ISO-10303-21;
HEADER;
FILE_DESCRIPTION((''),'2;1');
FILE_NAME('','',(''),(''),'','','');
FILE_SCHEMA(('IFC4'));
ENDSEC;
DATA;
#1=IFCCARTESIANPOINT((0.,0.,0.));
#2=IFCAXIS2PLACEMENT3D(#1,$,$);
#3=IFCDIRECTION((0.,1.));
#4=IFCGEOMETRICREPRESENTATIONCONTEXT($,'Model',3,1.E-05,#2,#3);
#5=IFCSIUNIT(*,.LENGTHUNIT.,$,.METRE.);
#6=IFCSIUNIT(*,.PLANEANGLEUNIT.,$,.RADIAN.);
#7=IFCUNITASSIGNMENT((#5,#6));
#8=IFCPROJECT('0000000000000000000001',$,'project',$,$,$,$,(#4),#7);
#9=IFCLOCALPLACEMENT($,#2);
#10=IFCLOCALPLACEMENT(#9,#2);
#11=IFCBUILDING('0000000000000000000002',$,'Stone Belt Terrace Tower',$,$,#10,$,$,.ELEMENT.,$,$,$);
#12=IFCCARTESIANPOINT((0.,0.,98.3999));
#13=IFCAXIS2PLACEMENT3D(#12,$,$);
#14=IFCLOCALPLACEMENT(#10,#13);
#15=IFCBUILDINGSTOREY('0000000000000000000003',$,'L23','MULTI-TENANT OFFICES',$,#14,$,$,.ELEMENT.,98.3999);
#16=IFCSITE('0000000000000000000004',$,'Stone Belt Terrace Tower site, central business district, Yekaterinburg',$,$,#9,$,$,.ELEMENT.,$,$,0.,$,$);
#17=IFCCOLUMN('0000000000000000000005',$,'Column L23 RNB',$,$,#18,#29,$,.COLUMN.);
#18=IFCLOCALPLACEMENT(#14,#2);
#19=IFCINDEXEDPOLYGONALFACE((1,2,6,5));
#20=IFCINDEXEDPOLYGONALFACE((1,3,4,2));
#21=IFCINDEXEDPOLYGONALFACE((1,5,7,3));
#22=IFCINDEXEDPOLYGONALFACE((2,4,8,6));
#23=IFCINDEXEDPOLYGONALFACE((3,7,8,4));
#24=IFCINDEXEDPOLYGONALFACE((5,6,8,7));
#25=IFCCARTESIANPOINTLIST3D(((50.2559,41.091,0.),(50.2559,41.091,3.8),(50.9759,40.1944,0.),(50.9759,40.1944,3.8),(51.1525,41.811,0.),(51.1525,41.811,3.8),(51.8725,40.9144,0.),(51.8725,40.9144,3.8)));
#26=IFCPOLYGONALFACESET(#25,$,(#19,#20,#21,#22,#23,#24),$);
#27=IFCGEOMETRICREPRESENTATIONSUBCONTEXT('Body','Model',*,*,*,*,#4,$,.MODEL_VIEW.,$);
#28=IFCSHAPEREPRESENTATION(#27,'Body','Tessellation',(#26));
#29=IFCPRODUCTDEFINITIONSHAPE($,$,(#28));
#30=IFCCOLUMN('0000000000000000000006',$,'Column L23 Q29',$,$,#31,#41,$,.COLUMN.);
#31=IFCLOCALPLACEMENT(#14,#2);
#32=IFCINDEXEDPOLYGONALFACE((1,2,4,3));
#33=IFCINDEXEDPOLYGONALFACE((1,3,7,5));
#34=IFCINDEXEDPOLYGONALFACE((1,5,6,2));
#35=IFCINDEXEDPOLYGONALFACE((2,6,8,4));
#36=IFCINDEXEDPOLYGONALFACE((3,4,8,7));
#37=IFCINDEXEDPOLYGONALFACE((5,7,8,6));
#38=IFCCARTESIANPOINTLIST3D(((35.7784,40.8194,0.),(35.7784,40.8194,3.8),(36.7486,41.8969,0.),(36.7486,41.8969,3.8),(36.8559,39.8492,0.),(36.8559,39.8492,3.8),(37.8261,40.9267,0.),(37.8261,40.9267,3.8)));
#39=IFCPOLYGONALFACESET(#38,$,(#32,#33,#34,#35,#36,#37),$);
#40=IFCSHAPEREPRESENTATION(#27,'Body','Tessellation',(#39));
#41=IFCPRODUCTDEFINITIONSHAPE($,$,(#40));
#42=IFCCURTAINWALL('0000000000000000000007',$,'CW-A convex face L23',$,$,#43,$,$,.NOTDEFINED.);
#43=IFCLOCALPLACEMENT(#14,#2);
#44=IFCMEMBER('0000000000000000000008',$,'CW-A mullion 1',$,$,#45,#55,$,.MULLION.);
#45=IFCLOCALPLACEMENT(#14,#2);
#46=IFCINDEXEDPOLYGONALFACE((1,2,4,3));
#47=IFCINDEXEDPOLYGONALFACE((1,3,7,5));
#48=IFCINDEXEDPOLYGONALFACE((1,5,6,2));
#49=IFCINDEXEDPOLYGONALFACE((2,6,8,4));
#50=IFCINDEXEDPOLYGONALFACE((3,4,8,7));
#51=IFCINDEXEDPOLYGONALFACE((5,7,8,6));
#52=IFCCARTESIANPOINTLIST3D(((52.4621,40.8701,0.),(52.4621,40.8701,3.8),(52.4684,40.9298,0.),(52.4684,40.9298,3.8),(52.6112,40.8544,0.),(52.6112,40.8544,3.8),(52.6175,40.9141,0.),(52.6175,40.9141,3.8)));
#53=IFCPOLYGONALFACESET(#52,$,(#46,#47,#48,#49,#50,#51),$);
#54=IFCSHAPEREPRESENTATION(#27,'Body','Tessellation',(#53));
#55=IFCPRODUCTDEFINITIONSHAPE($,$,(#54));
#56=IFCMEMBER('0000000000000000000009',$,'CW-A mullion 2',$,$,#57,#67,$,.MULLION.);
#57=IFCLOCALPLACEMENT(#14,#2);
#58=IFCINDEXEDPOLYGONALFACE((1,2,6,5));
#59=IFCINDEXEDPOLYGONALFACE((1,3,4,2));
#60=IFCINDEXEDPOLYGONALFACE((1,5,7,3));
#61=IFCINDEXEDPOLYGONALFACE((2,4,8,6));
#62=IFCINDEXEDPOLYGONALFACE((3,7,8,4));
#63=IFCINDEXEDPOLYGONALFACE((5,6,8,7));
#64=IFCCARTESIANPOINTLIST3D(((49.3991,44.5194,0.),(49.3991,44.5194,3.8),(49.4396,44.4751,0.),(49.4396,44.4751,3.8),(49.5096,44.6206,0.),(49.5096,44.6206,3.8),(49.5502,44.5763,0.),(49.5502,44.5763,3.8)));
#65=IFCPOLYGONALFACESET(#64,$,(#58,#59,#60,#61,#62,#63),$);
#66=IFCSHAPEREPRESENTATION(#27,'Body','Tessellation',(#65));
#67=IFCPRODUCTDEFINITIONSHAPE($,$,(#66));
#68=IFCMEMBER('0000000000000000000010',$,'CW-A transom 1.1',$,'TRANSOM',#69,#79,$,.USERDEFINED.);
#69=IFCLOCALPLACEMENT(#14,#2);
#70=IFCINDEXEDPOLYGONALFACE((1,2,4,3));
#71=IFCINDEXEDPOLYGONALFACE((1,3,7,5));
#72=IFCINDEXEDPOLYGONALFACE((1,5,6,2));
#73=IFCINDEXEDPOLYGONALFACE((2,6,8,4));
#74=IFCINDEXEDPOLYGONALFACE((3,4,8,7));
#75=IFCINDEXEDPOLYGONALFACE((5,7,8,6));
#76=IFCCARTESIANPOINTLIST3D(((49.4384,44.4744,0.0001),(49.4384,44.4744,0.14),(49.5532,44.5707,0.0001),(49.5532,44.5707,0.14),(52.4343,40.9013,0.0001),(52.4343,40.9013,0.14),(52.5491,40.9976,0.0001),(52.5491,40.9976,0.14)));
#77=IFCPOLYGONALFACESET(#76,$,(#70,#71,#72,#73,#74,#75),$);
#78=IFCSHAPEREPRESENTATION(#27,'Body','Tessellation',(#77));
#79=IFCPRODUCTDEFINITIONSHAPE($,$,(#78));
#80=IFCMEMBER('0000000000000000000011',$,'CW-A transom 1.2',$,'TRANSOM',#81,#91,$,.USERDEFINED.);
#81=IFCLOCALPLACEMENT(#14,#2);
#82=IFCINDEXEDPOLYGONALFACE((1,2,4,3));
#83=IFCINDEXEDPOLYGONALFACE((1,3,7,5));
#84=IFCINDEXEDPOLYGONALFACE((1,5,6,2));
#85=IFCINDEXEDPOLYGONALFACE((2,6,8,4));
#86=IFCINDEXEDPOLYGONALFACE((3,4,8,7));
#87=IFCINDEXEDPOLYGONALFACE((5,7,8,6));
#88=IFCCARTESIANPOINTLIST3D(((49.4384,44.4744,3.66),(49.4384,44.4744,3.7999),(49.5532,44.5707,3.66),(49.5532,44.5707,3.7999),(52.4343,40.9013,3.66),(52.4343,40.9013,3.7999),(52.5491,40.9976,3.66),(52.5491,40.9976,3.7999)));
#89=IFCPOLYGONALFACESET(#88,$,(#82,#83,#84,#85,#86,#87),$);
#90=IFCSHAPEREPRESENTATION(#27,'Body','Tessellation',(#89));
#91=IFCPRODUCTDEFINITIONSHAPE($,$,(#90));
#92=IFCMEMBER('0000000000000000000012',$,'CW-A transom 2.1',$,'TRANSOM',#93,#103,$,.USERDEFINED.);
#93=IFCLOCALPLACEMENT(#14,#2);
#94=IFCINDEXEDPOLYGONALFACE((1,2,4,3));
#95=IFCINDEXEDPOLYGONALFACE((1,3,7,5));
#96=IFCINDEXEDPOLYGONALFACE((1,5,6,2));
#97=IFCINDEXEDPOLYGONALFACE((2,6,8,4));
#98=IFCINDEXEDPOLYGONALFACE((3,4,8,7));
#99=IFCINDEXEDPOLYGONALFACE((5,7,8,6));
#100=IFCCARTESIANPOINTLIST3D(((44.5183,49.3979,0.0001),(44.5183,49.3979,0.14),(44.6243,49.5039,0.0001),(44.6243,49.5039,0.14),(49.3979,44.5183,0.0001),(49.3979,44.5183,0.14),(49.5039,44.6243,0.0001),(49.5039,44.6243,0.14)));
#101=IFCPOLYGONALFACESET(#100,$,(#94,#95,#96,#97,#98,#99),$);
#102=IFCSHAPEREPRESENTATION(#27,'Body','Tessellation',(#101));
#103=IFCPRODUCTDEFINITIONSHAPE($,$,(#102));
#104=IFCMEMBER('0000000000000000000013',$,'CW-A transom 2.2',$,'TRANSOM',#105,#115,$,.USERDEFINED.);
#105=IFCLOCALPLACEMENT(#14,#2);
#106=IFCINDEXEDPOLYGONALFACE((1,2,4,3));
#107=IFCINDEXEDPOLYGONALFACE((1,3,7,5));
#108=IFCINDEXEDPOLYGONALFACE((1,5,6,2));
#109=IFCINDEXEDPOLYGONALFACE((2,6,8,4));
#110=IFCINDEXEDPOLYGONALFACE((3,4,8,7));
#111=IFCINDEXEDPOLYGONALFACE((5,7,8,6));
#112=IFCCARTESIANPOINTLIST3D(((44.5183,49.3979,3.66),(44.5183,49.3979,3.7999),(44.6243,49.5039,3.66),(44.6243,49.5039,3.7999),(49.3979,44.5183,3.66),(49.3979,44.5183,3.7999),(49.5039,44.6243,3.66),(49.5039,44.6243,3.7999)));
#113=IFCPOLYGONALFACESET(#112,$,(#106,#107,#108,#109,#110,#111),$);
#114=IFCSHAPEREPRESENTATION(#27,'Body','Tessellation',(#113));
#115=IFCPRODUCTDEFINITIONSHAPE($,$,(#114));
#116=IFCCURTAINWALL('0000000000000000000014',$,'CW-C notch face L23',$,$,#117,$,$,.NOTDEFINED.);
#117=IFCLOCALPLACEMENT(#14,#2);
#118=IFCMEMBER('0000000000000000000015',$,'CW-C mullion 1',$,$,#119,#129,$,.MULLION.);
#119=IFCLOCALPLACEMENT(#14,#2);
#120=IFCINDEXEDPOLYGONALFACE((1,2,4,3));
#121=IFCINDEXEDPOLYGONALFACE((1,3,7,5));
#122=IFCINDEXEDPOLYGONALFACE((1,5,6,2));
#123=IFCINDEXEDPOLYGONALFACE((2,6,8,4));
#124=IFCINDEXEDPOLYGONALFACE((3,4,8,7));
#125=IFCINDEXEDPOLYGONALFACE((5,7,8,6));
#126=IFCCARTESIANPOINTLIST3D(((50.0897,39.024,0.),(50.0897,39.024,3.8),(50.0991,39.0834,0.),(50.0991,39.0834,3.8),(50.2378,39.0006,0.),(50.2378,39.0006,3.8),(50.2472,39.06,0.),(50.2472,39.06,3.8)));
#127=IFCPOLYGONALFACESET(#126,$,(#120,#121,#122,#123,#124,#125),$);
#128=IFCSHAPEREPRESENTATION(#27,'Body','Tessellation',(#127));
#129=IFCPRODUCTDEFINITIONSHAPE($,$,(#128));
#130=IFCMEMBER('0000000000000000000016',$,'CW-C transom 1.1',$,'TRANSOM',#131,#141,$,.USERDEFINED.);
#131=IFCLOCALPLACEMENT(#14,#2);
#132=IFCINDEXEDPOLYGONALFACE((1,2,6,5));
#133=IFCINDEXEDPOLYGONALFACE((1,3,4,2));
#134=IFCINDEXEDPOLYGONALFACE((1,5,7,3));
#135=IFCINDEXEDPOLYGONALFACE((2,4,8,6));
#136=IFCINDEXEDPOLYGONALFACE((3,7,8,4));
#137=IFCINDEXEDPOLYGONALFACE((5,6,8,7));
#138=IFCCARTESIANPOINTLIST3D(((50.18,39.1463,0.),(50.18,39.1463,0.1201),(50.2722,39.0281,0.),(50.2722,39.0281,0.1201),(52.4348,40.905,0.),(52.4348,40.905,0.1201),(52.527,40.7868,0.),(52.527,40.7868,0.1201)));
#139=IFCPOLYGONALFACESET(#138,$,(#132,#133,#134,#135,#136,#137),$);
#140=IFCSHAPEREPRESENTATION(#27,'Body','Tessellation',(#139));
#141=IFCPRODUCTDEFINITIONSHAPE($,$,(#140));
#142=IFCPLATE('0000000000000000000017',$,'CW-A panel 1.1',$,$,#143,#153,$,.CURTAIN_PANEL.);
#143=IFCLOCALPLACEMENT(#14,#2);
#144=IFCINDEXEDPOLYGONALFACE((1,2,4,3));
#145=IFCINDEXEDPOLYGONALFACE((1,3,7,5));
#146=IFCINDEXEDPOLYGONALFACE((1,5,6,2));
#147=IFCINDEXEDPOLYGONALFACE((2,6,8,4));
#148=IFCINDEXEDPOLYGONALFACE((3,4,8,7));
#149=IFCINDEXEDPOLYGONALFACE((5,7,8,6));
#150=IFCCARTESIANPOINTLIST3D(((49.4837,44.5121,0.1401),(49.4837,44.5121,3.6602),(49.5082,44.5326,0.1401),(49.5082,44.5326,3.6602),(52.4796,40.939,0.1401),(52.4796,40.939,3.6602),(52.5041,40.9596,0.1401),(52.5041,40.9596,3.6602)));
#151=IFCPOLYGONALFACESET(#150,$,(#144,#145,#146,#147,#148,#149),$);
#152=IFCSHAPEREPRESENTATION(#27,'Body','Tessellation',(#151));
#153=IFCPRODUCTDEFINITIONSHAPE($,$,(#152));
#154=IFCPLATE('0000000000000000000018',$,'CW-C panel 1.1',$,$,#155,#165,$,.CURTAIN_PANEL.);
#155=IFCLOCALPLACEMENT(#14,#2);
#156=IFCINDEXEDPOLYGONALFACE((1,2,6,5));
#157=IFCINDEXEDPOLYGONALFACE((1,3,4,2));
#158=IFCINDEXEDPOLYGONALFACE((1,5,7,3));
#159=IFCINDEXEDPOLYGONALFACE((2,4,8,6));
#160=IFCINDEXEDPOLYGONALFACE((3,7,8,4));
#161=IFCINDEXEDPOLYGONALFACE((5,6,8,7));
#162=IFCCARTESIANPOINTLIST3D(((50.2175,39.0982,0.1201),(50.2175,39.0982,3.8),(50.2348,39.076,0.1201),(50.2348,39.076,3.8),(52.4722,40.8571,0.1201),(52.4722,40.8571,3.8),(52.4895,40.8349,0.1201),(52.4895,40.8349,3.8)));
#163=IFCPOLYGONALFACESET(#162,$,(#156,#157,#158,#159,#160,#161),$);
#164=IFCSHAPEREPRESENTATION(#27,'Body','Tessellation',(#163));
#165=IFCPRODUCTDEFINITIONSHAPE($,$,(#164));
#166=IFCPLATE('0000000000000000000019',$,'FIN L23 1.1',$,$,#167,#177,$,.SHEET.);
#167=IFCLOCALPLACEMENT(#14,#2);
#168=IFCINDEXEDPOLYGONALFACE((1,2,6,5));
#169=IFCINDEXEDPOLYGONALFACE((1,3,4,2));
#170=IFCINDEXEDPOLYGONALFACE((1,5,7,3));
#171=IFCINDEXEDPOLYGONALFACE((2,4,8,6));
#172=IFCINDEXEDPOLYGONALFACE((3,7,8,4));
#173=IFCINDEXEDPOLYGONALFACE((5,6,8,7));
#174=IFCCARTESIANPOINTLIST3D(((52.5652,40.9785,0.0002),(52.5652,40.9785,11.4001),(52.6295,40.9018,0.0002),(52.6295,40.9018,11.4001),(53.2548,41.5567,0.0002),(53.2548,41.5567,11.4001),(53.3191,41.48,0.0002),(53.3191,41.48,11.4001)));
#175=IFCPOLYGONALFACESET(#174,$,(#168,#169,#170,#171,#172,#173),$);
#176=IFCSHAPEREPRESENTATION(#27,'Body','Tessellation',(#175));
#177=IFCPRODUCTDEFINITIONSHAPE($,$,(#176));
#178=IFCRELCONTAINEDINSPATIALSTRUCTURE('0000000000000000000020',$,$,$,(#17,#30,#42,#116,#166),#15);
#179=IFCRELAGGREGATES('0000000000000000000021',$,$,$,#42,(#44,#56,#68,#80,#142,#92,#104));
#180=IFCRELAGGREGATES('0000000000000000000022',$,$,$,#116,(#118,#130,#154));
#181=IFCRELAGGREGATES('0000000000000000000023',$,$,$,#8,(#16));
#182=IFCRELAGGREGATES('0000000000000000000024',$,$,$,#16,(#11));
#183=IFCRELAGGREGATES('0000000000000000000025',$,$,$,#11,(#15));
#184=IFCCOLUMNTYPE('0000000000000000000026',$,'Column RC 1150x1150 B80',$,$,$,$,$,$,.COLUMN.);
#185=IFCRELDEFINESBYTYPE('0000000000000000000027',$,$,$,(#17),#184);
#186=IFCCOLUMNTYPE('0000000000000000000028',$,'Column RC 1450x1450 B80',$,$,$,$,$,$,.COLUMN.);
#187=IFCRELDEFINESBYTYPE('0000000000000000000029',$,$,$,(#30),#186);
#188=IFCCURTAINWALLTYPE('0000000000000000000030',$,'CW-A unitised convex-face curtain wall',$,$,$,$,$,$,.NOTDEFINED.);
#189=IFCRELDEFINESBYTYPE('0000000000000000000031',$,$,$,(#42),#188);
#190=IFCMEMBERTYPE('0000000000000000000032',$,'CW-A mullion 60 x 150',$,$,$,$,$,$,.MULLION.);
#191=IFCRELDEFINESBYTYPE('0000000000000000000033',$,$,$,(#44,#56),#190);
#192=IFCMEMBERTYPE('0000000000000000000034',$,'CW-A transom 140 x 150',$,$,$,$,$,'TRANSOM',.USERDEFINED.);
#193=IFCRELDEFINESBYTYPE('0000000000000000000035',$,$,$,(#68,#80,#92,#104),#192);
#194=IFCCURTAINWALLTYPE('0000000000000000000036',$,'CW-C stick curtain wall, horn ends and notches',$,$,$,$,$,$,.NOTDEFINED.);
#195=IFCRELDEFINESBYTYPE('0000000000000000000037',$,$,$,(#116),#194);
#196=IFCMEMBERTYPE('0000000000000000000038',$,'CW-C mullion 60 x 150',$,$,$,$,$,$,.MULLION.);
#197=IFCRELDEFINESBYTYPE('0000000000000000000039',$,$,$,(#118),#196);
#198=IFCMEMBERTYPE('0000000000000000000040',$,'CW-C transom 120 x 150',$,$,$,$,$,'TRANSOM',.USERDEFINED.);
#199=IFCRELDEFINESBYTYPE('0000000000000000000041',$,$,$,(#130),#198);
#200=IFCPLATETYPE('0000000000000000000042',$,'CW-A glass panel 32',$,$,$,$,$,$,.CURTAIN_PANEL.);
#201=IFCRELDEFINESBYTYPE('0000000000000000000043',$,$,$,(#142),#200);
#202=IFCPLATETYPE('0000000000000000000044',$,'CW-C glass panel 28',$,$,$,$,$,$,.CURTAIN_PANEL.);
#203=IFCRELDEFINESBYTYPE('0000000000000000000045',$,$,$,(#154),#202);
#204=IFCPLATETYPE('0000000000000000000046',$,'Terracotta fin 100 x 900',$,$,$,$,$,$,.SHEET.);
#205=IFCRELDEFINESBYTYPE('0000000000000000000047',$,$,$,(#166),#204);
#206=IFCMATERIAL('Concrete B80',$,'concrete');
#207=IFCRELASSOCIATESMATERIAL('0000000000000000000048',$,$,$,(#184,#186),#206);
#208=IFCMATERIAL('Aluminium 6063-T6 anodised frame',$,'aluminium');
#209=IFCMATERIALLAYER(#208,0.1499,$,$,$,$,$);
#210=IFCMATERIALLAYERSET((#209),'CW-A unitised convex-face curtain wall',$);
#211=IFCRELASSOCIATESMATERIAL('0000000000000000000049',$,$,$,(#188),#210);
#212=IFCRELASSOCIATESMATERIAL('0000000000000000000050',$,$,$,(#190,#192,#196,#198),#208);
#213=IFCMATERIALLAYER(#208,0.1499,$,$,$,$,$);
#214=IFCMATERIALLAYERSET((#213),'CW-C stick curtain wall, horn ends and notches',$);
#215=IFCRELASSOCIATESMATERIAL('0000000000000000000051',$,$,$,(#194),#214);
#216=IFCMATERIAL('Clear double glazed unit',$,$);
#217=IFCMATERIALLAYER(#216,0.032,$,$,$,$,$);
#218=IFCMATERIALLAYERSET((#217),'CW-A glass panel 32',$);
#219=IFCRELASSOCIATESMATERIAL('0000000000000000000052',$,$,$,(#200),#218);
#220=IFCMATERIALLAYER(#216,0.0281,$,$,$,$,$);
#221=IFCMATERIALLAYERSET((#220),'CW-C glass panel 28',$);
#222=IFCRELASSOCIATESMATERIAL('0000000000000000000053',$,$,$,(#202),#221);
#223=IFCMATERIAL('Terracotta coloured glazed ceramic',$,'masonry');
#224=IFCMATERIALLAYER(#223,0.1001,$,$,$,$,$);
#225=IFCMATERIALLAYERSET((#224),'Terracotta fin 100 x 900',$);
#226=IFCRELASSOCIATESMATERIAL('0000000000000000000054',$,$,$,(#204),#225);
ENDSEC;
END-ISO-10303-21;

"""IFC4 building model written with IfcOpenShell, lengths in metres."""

from ifc_helpers import new_model, si_unit, direction, frame, origin, origin_2d, place, context, subcontext, project, spatial, rectangle, extrude, material, layer, layer_set, material_profile, profile_set, type_object, element, aggregate, save


model = new_model("IFC4")

# Units and contexts
model_context = context("Model", 3, precision=1e-05, world=origin(), true_north=direction((0.0, 1.0)))
body_context = subcontext(model_context, "Body", "Model", "MODEL_VIEW")
ifc_project = project(units=[si_unit("LENGTHUNIT", "METRE"), si_unit("PLANEANGLEUNIT", "RADIAN")], contexts=[model_context])

# Site, building, storey
site_placement = place(None, origin())
site = spatial("IfcSite", under=ifc_project, at=site_placement, Name="Stone Belt Terrace Tower site, central business district, Yekaterinburg", CompositionType="ELEMENT", RefElevation=0.0)
building_placement = place(site_placement, origin())
building = spatial("IfcBuilding", under=site, at=building_placement, Name="Stone Belt Terrace Tower", CompositionType="ELEMENT")
storey_placement = place(building_placement, frame((0.0, 0.0, 98.3999)))
storey = spatial("IfcBuildingStorey", under=building, at=storey_placement, Name="L23", Description="MULTI-TENANT OFFICES", CompositionType="ELEMENT", Elevation=98.3999)

# Columns
ifc_material_1 = material(Name="Concrete B80", Category="concrete")
ifc_material_profile_1 = material_profile(ifc_material_1, rectangle(XDim=1.1499, YDim=1.1499, at=origin_2d()), Name="RC 1150x1150")
ifc_profile_set_1 = profile_set([ifc_material_profile_1], Name="Concrete B80")
column_type_1 = type_object("IfcColumnType", Name="Column RC 1150x1150 B80", PredefinedType="COLUMN", material=ifc_profile_set_1)
column_1_placement = place(storey_placement, frame((51.0642, 41.0027, 0.0), z_axis=(0.0, 0.0, 1.0), x_axis=(0.626104, -0.779739, 0.0)))
element("IfcColumn", 1, at=column_1_placement, inside=storey, type_object=column_type_1, Name="Column L23 RNB", PredefinedType="COLUMN", context=body_context, shape_type="SweptSolid", body=[
    extrude(rectangle(XDim=1.1499, YDim=1.1499, at=origin_2d()), origin(), (0.0, 0.0, 1.0), 3.8),
])
ifc_material_profile_2 = material_profile(ifc_material_1, rectangle(XDim=1.45, YDim=1.45, at=origin_2d()), Name="RC 1450x1450")
ifc_profile_set_2 = profile_set([ifc_material_profile_2], Name="Concrete B80")
column_type_2 = type_object("IfcColumnType", Name="Column RC 1450x1450 B80", PredefinedType="COLUMN", material=ifc_profile_set_2)
column_2_placement = place(storey_placement, frame((36.8022, 40.873, 0.0), z_axis=(0.0, 0.0, 1.0), x_axis=(0.743145, -0.669131, 0.0)))
element("IfcColumn", 2, at=column_2_placement, inside=storey, type_object=column_type_2, Name="Column L23 Q29", PredefinedType="COLUMN", context=body_context, shape_type="SweptSolid", body=[
    extrude(rectangle(XDim=1.45, YDim=1.45, at=origin_2d()), origin(), (0.0, 0.0, 1.0), 3.8),
])

# Curtain walls, members
ifc_material_2 = material(Name="Aluminium 6063-T6 anodised frame", Category="aluminium")
ifc_layer_1 = layer(ifc_material_2, 0.1499)
ifc_layer_set_1 = layer_set([ifc_layer_1], Name="CW-A unitised convex-face curtain wall")
curtain_wall_type_1 = type_object("IfcCurtainWallType", Name="CW-A unitised convex-face curtain wall", PredefinedType="NOTDEFINED", material=ifc_layer_set_1)
curtain_wall_1_placement = place(storey_placement, origin())
curtain_wall_1 = element("IfcCurtainWall", 3, at=curtain_wall_1_placement, inside=storey, type_object=curtain_wall_type_1, Name="CW-A convex face L23", PredefinedType="NOTDEFINED")
ifc_material_profile_3 = material_profile(ifc_material_2, rectangle(XDim=0.1499, YDim=0.0601, at=origin_2d()), Name="Aluminium 6063-T6 60x150")
ifc_profile_set_3 = profile_set([ifc_material_profile_3], Name="Aluminium 6063-T6 anodised frame")
member_type_1 = type_object("IfcMemberType", Name="CW-A mullion 60 x 150", PredefinedType="MULLION", material=ifc_profile_set_3)
member_1_placement = place(storey_placement, frame((52.5398, 40.8921, 0.0), z_axis=(0.0, 0.0, 1.0), x_axis=(-0.994465, 0.105071, 0.0)))
member_1 = element("IfcMember", 4, at=member_1_placement, type_object=member_type_1, Name="CW-A mullion 1", PredefinedType="MULLION", context=body_context, shape_type="SweptSolid", body=[
    extrude(rectangle(XDim=0.1499, YDim=0.0601, at=origin_2d()), origin(), (0.0, 0.0, 1.0), 3.8),
])
member_2_placement = place(storey_placement, frame((49.4746, 44.5479, 0.0), z_axis=(0.0, 0.0, 1.0), x_axis=(-0.7374, -0.675456, 0.0)))
member_2 = element("IfcMember", 5, at=member_2_placement, type_object=member_type_1, Name="CW-A mullion 2", PredefinedType="MULLION", context=body_context, shape_type="SweptSolid", body=[
    extrude(rectangle(XDim=0.1499, YDim=0.0601, at=origin_2d()), origin(), (0.0, 0.0, 1.0), 3.8),
])
ifc_material_profile_4 = material_profile(ifc_material_2, rectangle(XDim=0.1499, YDim=0.1399, at=origin_2d()), Name="Aluminium 6063-T6 150x140")
ifc_profile_set_4 = profile_set([ifc_material_profile_4], Name="Aluminium 6063-T6 anodised frame")
member_type_2 = type_object("IfcMemberType", Name="CW-A transom 140 x 150", ElementType="TRANSOM", PredefinedType="USERDEFINED", material=ifc_profile_set_4)
member_3_placement = place(storey_placement, frame((52.4917, 40.9495, 0.0701), z_axis=(-0.642504, 0.766282, 0.0), x_axis=(-0.766282, -0.642504, 0.0)))
member_3 = element("IfcMember", 6, at=member_3_placement, type_object=member_type_2, Name="CW-A transom 1.1", ObjectType="TRANSOM", PredefinedType="USERDEFINED", context=body_context, shape_type="SweptSolid", body=[
    extrude(rectangle(XDim=0.1499, YDim=0.1399, at=origin_2d()), origin(), (0.0, 0.0, 1.0), 4.6628),
])
member_4_placement = place(storey_placement, frame((52.4917, 40.9495, 3.73), z_axis=(-0.642504, 0.766282, 0.0), x_axis=(-0.766282, -0.642504, 0.0)))
member_4 = element("IfcMember", 7, at=member_4_placement, type_object=member_type_2, Name="CW-A transom 1.2", ObjectType="TRANSOM", PredefinedType="USERDEFINED", context=body_context, shape_type="SweptSolid", body=[
    extrude(rectangle(XDim=0.1499, YDim=0.1399, at=origin_2d()), origin(), (0.0, 0.0, 1.0), 4.6628),
])
member_5_placement = place(storey_placement, frame((49.4509, 44.5713, 0.0701), z_axis=(-0.707107, 0.707107, 0.0), x_axis=(-0.707107, -0.707107, 0.0)))
member_5 = element("IfcMember", 8, at=member_5_placement, type_object=member_type_2, Name="CW-A transom 2.1", ObjectType="TRANSOM", PredefinedType="USERDEFINED", context=body_context, shape_type="SweptSolid", body=[
    extrude(rectangle(XDim=0.1499, YDim=0.1399, at=origin_2d()), origin(), (0.0, 0.0, 1.0), 6.9009),
])
member_6_placement = place(storey_placement, frame((49.4509, 44.5713, 3.73), z_axis=(-0.707107, 0.707107, 0.0), x_axis=(-0.707107, -0.707107, 0.0)))
member_6 = element("IfcMember", 9, at=member_6_placement, type_object=member_type_2, Name="CW-A transom 2.2", ObjectType="TRANSOM", PredefinedType="USERDEFINED", context=body_context, shape_type="SweptSolid", body=[
    extrude(rectangle(XDim=0.1499, YDim=0.1399, at=origin_2d()), origin(), (0.0, 0.0, 1.0), 6.9009),
])
ifc_layer_2 = layer(ifc_material_2, 0.1499)
ifc_layer_set_2 = layer_set([ifc_layer_2], Name="CW-C stick curtain wall, horn ends and notches")
curtain_wall_type_2 = type_object("IfcCurtainWallType", Name="CW-C stick curtain wall, horn ends and notches", PredefinedType="NOTDEFINED", material=ifc_layer_set_2)
curtain_wall_2_placement = place(storey_placement, origin())
curtain_wall_2 = element("IfcCurtainWall", 10, at=curtain_wall_2_placement, inside=storey, type_object=curtain_wall_type_2, Name="CW-C notch face L23", PredefinedType="NOTDEFINED")
ifc_material_profile_5 = material_profile(ifc_material_2, rectangle(XDim=0.1499, YDim=0.0601, at=origin_2d()), Name="Aluminium 6063-T6 60x150")
ifc_profile_set_5 = profile_set([ifc_material_profile_5], Name="Aluminium 6063-T6 anodised frame")
member_type_3 = type_object("IfcMemberType", Name="CW-C mullion 60 x 150", PredefinedType="MULLION", material=ifc_profile_set_5)
member_7_placement = place(storey_placement, frame((50.1685, 39.042, 0.0), z_axis=(0.0, 0.0, 1.0), x_axis=(-0.987742, 0.156094, 0.0)))
member_7 = element("IfcMember", 11, at=member_7_placement, type_object=member_type_3, Name="CW-C mullion 1", PredefinedType="MULLION", context=body_context, shape_type="SweptSolid", body=[
    extrude(rectangle(XDim=0.1499, YDim=0.0601, at=origin_2d()), origin(), (0.0, 0.0, 1.0), 3.8),
])
ifc_material_profile_6 = material_profile(ifc_material_2, rectangle(XDim=0.1499, YDim=0.1201, at=origin_2d()), Name="Aluminium 6063-T6 150x120")
ifc_profile_set_6 = profile_set([ifc_material_profile_6], Name="Aluminium 6063-T6 anodised frame")
member_type_4 = type_object("IfcMemberType", Name="CW-C transom 120 x 150", ElementType="TRANSOM", PredefinedType="USERDEFINED", material=ifc_profile_set_6)
member_8_placement = place(storey_placement, frame((50.2261, 39.0872, 0.0601), z_axis=(0.788506, 0.615028, 0.0), x_axis=(-0.615028, 0.788506, 0.0)))
member_8 = element("IfcMember", 12, at=member_8_placement, type_object=member_type_4, Name="CW-C transom 1.1", ObjectType="TRANSOM", PredefinedType="USERDEFINED", context=body_context, shape_type="SweptSolid", body=[
    extrude(rectangle(XDim=0.1499, YDim=0.1201, at=origin_2d()), origin(), (0.0, 0.0, 1.0), 2.8596),
])

# Plates
ifc_material_3 = material(Name="Clear double glazed unit")
ifc_layer_3 = layer(ifc_material_3, 0.032)
ifc_layer_set_3 = layer_set([ifc_layer_3], Name="CW-A glass panel 32")
plate_type_1 = type_object("IfcPlateType", Name="CW-A glass panel 32", PredefinedType="CURTAIN_PANEL", material=ifc_layer_set_3)
plate_1_placement = place(storey_placement, frame((50.9939, 42.7358, 0.1401), z_axis=(0.0, 0.0, 1.0), x_axis=(-0.642509, 0.766278, 0.0)))
plate_1 = element("IfcPlate", 13, at=plate_1_placement, type_object=plate_type_1, Name="CW-A panel 1.1", PredefinedType="CURTAIN_PANEL", context=body_context, shape_type="SweptSolid", body=[
    extrude(rectangle(XDim=4.6628, YDim=0.032, at=origin_2d()), origin(), (0.0, 0.0, 1.0), 3.52),
])
aggregate(curtain_wall_1, [member_1, member_2, member_3, member_4, plate_1, member_5, member_6])
ifc_layer_4 = layer(ifc_material_3, 0.0281)
ifc_layer_set_4 = layer_set([ifc_layer_4], Name="CW-C glass panel 28")
plate_type_2 = type_object("IfcPlateType", Name="CW-C glass panel 28", PredefinedType="CURTAIN_PANEL", material=ifc_layer_set_4)
plate_2_placement = place(storey_placement, frame((51.3535, 39.9666, 0.1201), z_axis=(0.0, 0.0, 1.0), x_axis=(0.788458, 0.615089, 0.0)))
plate_2 = element("IfcPlate", 14, at=plate_2_placement, type_object=plate_type_2, Name="CW-C panel 1.1", PredefinedType="CURTAIN_PANEL", context=body_context, shape_type="SweptSolid", body=[
    extrude(rectangle(XDim=2.8596, YDim=0.0281, at=origin_2d()), origin(), (0.0, 0.0, 1.0), 3.6799),
])
aggregate(curtain_wall_2, [member_7, member_8, plate_2])

# Plate
ifc_material_4 = material(Name="Terracotta coloured glazed ceramic", Category="masonry")
ifc_layer_5 = layer(ifc_material_4, 0.1001)
ifc_layer_set_5 = layer_set([ifc_layer_5], Name="Terracotta fin 100 x 900")
plate_type_3 = type_object("IfcPlateType", Name="Terracotta fin 100 x 900", PredefinedType="SHEET", material=ifc_layer_set_5)
for number, where, z_axis, x_axis, name in (
    (15, (52.9421, 41.2292, 0.0002), (0.0, 0.0, 1.0), (0.766278, 0.642509, 0.0), "FIN L23 1.1"),
):
    element("IfcPlate", number, at=place(storey_placement, frame(where, z_axis=z_axis, x_axis=x_axis)), inside=storey, type_object=plate_type_3, Name=name, PredefinedType="SHEET", context=body_context, shape_type="SweptSolid", body=[
        extrude(rectangle(XDim=0.8999, YDim=0.1001, at=origin_2d()), origin(), (0.0, 0.0, 1.0), 11.3999),
    ])

save(model, "model.ifc")
